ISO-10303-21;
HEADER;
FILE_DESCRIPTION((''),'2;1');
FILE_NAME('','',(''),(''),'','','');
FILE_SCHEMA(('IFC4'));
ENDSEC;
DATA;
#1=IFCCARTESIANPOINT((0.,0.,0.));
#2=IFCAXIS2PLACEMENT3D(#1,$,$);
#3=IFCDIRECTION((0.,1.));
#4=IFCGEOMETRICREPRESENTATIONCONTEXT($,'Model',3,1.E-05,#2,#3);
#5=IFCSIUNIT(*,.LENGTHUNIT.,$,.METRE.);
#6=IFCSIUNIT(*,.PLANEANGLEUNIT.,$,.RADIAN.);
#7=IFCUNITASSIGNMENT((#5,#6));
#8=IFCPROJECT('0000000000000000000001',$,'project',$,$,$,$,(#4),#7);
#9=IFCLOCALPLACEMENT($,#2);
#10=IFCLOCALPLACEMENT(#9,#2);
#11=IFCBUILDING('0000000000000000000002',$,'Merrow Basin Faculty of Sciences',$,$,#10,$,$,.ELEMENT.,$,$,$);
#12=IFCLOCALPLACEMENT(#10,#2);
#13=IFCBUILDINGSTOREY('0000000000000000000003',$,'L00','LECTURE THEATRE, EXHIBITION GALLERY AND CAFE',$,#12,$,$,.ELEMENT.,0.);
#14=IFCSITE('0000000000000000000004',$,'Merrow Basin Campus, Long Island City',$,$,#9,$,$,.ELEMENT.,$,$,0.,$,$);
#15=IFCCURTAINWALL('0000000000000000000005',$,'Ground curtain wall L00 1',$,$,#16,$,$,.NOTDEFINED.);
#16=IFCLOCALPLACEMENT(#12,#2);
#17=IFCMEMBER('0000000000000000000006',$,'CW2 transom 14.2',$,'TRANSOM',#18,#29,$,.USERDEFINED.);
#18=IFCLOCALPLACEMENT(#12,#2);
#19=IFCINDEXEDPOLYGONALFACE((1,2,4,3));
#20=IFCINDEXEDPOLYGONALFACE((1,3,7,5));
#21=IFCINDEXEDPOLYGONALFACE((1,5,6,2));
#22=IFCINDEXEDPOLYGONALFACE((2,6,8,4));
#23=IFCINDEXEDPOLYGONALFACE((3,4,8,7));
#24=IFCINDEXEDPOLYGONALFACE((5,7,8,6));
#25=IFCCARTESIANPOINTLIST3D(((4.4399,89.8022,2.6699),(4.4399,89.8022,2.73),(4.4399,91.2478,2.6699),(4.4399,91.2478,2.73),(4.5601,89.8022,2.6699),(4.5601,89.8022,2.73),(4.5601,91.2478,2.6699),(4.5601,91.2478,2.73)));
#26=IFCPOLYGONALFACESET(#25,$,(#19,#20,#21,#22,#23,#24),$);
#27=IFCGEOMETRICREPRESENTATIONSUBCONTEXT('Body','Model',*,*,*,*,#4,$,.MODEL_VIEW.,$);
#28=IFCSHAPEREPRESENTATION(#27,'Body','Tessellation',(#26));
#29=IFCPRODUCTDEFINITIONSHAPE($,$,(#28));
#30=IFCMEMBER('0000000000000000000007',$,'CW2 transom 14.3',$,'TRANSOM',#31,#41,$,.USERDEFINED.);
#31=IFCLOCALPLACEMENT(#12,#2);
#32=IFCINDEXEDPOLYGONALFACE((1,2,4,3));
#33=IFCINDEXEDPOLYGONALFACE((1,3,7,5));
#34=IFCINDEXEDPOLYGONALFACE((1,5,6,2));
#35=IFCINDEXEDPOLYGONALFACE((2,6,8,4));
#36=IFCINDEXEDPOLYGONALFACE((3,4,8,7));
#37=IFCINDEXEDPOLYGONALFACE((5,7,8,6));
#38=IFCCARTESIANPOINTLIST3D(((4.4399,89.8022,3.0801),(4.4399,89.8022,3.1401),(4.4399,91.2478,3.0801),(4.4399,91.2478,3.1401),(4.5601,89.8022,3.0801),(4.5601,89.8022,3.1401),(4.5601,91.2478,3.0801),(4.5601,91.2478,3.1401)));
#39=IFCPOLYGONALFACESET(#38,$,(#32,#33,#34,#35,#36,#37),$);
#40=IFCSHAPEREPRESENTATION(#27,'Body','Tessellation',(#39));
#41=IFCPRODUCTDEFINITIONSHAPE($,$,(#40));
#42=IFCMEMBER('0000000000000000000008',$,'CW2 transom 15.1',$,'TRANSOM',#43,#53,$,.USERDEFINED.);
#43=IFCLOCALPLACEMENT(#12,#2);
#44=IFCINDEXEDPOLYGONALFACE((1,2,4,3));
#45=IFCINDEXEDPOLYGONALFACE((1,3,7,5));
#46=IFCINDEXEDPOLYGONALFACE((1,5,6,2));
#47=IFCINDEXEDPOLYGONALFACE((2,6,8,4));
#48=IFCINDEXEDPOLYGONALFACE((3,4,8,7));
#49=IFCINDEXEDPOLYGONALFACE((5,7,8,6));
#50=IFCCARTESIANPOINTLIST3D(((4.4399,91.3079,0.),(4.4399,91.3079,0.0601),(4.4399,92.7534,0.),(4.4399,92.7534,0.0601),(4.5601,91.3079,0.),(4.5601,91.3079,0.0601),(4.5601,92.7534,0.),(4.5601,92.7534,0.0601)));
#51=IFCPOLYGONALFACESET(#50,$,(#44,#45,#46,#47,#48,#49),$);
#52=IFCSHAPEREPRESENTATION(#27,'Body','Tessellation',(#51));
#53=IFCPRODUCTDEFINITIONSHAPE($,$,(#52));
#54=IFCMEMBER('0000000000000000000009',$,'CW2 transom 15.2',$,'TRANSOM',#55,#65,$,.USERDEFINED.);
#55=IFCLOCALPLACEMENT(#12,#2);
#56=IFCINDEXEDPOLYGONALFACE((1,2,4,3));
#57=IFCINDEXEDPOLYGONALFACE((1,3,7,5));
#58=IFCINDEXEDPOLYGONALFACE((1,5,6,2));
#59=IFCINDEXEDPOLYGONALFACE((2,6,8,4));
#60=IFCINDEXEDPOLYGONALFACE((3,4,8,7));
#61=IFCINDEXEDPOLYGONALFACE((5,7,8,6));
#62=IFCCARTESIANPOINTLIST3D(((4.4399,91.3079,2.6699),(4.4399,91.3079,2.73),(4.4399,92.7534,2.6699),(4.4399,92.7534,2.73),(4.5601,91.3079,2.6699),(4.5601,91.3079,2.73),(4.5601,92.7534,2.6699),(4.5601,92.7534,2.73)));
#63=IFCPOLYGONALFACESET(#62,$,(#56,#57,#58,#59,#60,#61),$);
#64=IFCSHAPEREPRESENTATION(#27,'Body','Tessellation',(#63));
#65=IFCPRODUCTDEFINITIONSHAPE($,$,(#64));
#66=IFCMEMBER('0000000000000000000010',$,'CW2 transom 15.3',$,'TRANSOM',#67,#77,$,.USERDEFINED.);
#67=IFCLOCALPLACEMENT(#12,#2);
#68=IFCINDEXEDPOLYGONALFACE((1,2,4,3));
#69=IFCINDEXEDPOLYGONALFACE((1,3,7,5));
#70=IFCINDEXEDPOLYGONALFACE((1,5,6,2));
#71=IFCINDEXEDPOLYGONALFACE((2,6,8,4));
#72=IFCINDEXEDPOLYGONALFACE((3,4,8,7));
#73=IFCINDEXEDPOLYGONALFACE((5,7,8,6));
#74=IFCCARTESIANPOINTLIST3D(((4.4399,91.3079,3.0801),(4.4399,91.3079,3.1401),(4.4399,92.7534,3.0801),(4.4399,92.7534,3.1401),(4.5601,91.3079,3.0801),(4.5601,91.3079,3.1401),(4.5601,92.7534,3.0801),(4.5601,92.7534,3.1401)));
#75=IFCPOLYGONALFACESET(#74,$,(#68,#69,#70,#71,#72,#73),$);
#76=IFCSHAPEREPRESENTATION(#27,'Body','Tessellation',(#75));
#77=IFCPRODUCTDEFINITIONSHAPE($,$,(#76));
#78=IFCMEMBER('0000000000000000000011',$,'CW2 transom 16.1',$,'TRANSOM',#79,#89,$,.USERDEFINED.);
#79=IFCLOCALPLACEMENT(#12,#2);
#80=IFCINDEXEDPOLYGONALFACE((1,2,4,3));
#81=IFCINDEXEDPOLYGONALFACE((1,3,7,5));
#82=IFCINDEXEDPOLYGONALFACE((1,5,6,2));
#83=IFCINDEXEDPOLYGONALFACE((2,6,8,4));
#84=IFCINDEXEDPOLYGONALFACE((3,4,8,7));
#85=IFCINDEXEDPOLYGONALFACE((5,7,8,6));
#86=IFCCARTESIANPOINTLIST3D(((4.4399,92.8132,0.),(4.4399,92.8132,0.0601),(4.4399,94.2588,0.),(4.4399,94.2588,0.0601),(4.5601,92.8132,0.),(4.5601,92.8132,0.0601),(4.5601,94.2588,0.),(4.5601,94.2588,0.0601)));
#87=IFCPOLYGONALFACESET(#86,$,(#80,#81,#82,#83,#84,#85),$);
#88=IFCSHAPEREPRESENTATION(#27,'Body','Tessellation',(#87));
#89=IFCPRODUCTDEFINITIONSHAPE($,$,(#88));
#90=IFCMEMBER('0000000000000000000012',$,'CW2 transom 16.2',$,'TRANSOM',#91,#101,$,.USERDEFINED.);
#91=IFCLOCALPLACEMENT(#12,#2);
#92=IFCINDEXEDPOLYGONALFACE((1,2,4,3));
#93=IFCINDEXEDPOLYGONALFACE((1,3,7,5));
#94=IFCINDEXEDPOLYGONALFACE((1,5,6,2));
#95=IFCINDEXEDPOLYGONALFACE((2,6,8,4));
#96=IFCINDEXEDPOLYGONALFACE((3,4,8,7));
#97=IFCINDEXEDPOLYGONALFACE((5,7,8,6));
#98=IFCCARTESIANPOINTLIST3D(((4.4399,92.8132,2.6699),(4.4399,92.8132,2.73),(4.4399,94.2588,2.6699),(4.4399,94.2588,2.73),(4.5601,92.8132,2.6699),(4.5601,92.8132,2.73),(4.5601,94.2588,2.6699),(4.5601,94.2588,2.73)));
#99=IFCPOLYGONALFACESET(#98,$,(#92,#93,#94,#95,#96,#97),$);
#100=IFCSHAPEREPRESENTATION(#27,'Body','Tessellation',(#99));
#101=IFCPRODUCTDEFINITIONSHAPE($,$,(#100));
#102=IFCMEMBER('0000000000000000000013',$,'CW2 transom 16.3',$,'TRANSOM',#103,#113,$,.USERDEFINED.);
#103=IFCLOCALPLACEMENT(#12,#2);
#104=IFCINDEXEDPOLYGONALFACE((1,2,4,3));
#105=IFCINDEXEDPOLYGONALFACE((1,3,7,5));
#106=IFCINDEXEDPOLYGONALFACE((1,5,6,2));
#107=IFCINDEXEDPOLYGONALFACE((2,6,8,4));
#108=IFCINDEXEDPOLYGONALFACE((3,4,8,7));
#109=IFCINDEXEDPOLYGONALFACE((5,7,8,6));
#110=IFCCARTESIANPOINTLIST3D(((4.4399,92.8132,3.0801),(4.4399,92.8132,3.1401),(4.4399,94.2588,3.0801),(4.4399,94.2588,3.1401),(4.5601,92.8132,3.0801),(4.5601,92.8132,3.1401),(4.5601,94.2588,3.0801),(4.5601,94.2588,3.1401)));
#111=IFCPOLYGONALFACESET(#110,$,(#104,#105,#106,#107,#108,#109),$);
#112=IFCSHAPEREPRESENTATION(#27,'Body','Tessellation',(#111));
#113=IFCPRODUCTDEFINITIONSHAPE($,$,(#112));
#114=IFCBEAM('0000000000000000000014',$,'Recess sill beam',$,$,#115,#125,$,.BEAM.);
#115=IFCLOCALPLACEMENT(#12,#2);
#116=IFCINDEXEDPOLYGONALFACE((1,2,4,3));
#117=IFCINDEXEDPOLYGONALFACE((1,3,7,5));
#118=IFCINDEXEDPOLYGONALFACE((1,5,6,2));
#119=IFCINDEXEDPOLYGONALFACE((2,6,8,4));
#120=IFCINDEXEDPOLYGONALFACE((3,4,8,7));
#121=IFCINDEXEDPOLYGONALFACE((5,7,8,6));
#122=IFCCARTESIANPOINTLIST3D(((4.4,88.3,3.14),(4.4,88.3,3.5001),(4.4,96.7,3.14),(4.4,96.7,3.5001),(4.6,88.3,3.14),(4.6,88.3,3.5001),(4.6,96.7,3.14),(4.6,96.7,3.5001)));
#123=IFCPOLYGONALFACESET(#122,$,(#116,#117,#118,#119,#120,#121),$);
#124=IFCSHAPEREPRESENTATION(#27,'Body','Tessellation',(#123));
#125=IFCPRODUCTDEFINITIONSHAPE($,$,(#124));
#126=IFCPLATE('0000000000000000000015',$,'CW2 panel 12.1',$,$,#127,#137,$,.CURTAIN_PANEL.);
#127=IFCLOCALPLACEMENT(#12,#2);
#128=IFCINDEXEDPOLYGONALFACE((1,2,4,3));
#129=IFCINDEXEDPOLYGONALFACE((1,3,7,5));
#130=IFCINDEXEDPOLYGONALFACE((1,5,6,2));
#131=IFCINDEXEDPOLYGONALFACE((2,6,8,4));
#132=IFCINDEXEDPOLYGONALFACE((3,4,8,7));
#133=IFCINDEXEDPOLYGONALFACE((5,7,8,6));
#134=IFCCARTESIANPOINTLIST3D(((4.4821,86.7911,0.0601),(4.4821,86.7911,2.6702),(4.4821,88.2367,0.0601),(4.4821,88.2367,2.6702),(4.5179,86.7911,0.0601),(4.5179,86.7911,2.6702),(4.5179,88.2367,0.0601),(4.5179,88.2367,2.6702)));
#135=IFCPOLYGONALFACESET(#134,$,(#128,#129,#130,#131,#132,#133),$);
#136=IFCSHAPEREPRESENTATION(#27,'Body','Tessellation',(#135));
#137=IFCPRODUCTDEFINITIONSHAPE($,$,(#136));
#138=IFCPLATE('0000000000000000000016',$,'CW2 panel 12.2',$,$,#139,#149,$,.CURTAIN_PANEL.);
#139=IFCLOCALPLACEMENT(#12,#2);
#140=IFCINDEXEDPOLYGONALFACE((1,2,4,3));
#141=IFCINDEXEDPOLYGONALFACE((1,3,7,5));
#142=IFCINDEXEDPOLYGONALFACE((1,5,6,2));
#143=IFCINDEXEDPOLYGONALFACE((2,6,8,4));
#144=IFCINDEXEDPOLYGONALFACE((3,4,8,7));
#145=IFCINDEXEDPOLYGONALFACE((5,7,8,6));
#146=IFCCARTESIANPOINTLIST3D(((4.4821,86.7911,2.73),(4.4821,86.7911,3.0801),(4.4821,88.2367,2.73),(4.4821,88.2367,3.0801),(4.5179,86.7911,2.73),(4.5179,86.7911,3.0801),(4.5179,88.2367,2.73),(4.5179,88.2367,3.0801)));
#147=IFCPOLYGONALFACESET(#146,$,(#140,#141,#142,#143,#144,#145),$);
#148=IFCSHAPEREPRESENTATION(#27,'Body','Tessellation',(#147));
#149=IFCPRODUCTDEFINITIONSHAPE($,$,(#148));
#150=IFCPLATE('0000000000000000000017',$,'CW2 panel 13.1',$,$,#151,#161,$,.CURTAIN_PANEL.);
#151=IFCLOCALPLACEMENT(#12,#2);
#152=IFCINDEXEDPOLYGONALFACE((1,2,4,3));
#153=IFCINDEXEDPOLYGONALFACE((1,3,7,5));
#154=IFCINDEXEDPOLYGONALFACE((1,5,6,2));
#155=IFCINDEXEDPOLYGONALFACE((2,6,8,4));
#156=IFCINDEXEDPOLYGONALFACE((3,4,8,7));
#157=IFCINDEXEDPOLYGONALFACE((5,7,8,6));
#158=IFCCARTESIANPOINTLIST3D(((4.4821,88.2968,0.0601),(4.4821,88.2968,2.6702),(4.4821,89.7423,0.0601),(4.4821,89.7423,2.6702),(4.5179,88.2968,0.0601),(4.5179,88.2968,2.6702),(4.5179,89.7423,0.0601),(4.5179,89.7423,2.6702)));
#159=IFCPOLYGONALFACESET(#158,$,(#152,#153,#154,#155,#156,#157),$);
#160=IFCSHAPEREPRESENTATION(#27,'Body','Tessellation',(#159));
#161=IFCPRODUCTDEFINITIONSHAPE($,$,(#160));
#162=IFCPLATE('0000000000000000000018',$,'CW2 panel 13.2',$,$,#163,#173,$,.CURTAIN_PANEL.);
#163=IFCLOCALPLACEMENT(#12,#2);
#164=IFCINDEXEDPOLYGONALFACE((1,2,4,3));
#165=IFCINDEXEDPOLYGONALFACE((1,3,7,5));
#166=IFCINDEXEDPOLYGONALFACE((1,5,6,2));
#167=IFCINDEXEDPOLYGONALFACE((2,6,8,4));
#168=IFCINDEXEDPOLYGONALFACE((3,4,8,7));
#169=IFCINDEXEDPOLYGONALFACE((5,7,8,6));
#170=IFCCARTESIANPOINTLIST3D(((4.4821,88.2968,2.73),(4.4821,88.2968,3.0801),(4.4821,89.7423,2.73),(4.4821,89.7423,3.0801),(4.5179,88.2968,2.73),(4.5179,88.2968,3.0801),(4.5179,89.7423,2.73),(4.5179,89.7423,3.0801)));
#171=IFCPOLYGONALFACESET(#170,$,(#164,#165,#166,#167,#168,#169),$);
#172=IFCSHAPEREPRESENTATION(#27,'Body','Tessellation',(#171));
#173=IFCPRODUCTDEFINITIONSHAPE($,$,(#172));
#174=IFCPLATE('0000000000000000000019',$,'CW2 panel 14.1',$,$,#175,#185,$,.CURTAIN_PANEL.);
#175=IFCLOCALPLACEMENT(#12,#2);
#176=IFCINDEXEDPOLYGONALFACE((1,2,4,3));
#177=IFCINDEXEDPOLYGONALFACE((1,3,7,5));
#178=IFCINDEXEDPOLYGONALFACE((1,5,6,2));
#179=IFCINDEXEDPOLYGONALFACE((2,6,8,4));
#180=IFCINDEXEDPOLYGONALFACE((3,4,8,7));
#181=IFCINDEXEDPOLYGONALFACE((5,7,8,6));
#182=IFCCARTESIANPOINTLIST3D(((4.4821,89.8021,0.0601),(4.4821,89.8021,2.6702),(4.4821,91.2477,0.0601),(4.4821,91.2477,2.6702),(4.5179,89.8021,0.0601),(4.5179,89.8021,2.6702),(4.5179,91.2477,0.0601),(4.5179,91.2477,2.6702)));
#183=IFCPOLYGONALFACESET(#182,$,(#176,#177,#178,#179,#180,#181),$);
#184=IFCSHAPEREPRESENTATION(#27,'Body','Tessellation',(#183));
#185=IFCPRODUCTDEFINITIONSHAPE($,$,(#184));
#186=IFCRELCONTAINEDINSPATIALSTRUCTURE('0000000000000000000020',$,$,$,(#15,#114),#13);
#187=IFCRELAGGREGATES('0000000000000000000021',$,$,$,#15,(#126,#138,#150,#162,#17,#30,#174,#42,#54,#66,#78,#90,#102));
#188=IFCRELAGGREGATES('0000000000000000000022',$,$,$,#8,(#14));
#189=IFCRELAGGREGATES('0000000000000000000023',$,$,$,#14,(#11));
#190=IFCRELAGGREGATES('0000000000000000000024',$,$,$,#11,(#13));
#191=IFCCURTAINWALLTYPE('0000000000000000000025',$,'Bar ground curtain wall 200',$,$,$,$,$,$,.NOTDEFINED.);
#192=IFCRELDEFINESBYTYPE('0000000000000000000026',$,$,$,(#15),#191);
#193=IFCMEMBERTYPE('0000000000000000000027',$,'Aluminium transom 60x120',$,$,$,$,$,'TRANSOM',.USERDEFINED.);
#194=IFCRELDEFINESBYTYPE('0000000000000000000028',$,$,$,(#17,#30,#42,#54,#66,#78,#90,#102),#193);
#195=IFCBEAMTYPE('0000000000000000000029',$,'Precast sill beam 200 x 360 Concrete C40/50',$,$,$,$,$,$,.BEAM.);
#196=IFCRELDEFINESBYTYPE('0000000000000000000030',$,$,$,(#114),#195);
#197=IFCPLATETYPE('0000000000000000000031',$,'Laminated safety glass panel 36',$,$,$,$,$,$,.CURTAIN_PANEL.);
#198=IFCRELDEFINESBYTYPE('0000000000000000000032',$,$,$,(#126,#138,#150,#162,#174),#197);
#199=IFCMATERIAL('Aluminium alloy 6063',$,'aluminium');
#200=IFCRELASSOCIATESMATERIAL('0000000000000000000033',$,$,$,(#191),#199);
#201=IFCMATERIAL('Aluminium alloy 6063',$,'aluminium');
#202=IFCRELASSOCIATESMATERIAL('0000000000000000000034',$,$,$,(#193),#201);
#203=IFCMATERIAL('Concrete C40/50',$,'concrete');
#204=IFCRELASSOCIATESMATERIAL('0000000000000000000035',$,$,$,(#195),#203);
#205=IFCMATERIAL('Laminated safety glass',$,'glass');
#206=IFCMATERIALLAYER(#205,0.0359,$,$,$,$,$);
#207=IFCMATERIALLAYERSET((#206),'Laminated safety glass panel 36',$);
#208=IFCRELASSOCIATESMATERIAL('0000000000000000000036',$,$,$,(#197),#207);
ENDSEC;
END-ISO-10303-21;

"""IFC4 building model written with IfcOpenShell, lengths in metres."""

from ifc_helpers import new_model, si_unit, direction, frame, origin, origin_2d, place, context, subcontext, project, spatial, rectangle, extrude, material, layer, layer_set, material_profile, profile_set, type_object, element, aggregate, save


model = new_model("IFC4")

# Units and contexts
model_context = context("Model", 3, precision=1e-05, world=origin(), true_north=direction((0.0, 1.0)))
body_context = subcontext(model_context, "Body", "Model", "MODEL_VIEW")
ifc_project = project(units=[si_unit("LENGTHUNIT", "METRE"), si_unit("PLANEANGLEUNIT", "RADIAN")], contexts=[model_context])

# Site, building, storey
site_placement = place(None, origin())
site = spatial("IfcSite", under=ifc_project, at=site_placement, Name="Merrow Basin Campus, Long Island City", CompositionType="ELEMENT", RefElevation=0.0)
building_placement = place(site_placement, origin())
building = spatial("IfcBuilding", under=site, at=building_placement, Name="Merrow Basin Faculty of Sciences", CompositionType="ELEMENT")
storey_placement = place(building_placement, origin())
storey = spatial("IfcBuildingStorey", under=building, at=storey_placement, Name="L00", Description="LECTURE THEATRE, EXHIBITION GALLERY AND CAFE", CompositionType="ELEMENT", Elevation=0.0)

# Curtain wall, members
ifc_material_1 = material(Name="Aluminium alloy 6063", Category="aluminium")
curtain_wall_type = type_object("IfcCurtainWallType", Name="Bar ground curtain wall 200", PredefinedType="NOTDEFINED", material=ifc_material_1)
curtain_wall_placement = place(storey_placement, origin())
curtain_wall = element("IfcCurtainWall", 1, at=curtain_wall_placement, inside=storey, type_object=curtain_wall_type, Name="Ground curtain wall L00 1", PredefinedType="NOTDEFINED")
ifc_material_2 = material(Name="Aluminium alloy 6063", Category="aluminium")
ifc_material_profile_1 = material_profile(ifc_material_2, rectangle(XDim=0.1201, YDim=0.0601, at=origin_2d()))
ifc_profile_set_1 = profile_set([ifc_material_profile_1], Name="Aluminium alloy 6063")
member_type_1 = type_object("IfcMemberType", Name="Aluminium transom 60x120", ElementType="TRANSOM", PredefinedType="USERDEFINED", material=ifc_profile_set_1)
member_1_placement = place(storey_placement, frame((4.5, 89.8022, 2.7), z_axis=(0.0, 1.0, 0.0), x_axis=(-1.0, 0.0, 0.0)))
member_1 = element("IfcMember", 2, at=member_1_placement, type_object=member_type_1, Name="CW2 transom 14.2", ObjectType="TRANSOM", PredefinedType="USERDEFINED", context=body_context, shape_type="SweptSolid", body=[
    extrude(rectangle(XDim=0.1201, YDim=0.0601, at=origin_2d()), origin(), (0.0, 0.0, 1.0), 1.4456),
])
member_2_placement = place(storey_placement, frame((4.5, 89.8022, 3.1101), z_axis=(0.0, 1.0, 0.0), x_axis=(-1.0, 0.0, 0.0)))
member_2 = element("IfcMember", 3, at=member_2_placement, type_object=member_type_1, Name="CW2 transom 14.3", ObjectType="TRANSOM", PredefinedType="USERDEFINED", context=body_context, shape_type="SweptSolid", body=[
    extrude(rectangle(XDim=0.1201, YDim=0.0601, at=origin_2d()), origin(), (0.0, 0.0, 1.0), 1.4456),
])
member_3_placement = place(storey_placement, frame((4.5, 91.3079, 0.03), z_axis=(0.0, 1.0, 0.0), x_axis=(-1.0, 0.0, 0.0)))
member_3 = element("IfcMember", 4, at=member_3_placement, type_object=member_type_1, Name="CW2 transom 15.1", ObjectType="TRANSOM", PredefinedType="USERDEFINED", context=body_context, shape_type="SweptSolid", body=[
    extrude(rectangle(XDim=0.1201, YDim=0.0601, at=origin_2d()), origin(), (0.0, 0.0, 1.0), 1.4456),
])
member_4_placement = place(storey_placement, frame((4.5, 91.3079, 2.7), z_axis=(0.0, 1.0, 0.0), x_axis=(-1.0, 0.0, 0.0)))
member_4 = element("IfcMember", 5, at=member_4_placement, type_object=member_type_1, Name="CW2 transom 15.2", ObjectType="TRANSOM", PredefinedType="USERDEFINED", context=body_context, shape_type="SweptSolid", body=[
    extrude(rectangle(XDim=0.1201, YDim=0.0601, at=origin_2d()), origin(), (0.0, 0.0, 1.0), 1.4456),
])
member_5_placement = place(storey_placement, frame((4.5, 91.3079, 3.1101), z_axis=(0.0, 1.0, 0.0), x_axis=(-1.0, 0.0, 0.0)))
member_5 = element("IfcMember", 6, at=member_5_placement, type_object=member_type_1, Name="CW2 transom 15.3", ObjectType="TRANSOM", PredefinedType="USERDEFINED", context=body_context, shape_type="SweptSolid", body=[
    extrude(rectangle(XDim=0.1201, YDim=0.0601, at=origin_2d()), origin(), (0.0, 0.0, 1.0), 1.4456),
])
member_6_placement = place(storey_placement, frame((4.5, 92.8132, 0.03), z_axis=(0.0, 1.0, 0.0), x_axis=(-1.0, 0.0, 0.0)))
member_6 = element("IfcMember", 7, at=member_6_placement, type_object=member_type_1, Name="CW2 transom 16.1", ObjectType="TRANSOM", PredefinedType="USERDEFINED", context=body_context, shape_type="SweptSolid", body=[
    extrude(rectangle(XDim=0.1201, YDim=0.0601, at=origin_2d()), origin(), (0.0, 0.0, 1.0), 1.4456),
])
member_7_placement = place(storey_placement, frame((4.5, 92.8132, 2.7), z_axis=(0.0, 1.0, 0.0), x_axis=(-1.0, 0.0, 0.0)))
member_7 = element("IfcMember", 8, at=member_7_placement, type_object=member_type_1, Name="CW2 transom 16.2", ObjectType="TRANSOM", PredefinedType="USERDEFINED", context=body_context, shape_type="SweptSolid", body=[
    extrude(rectangle(XDim=0.1201, YDim=0.0601, at=origin_2d()), origin(), (0.0, 0.0, 1.0), 1.4456),
])
member_8_placement = place(storey_placement, frame((4.5, 92.8132, 3.1101), z_axis=(0.0, 1.0, 0.0), x_axis=(-1.0, 0.0, 0.0)))
member_8 = element("IfcMember", 9, at=member_8_placement, type_object=member_type_1, Name="CW2 transom 16.3", ObjectType="TRANSOM", PredefinedType="USERDEFINED", context=body_context, shape_type="SweptSolid", body=[
    extrude(rectangle(XDim=0.1201, YDim=0.0601, at=origin_2d()), origin(), (0.0, 0.0, 1.0), 1.4456),
])

# Beam
ifc_material_3 = material(Name="Concrete C40/50", Category="concrete")
ifc_material_profile_2 = material_profile(ifc_material_3, rectangle(XDim=0.2, YDim=0.3601, at=origin_2d()))
ifc_profile_set_2 = profile_set([ifc_material_profile_2], Name="Concrete C40/50")
beam_type = type_object("IfcBeamType", Name="Precast sill beam 200 x 360 Concrete C40/50", PredefinedType="BEAM", material=ifc_profile_set_2)
beam_placement = place(storey_placement, frame((4.5, 88.3, 3.3201), z_axis=(0.0, 1.0, 0.0), x_axis=(-1.0, 0.0, 0.0)))
element("IfcBeam", 10, at=beam_placement, inside=storey, type_object=beam_type, Name="Recess sill beam", PredefinedType="BEAM", context=body_context, shape_type="SweptSolid", body=[
    extrude(rectangle(XDim=0.2, YDim=0.3601, at=origin_2d()), origin(), (0.0, 0.0, 1.0), 8.3999),
])

# Plates
ifc_material_4 = material(Name="Laminated safety glass", Category="glass")
ifc_layer_1 = layer(ifc_material_4, 0.0359)
ifc_layer_set_1 = layer_set([ifc_layer_1], Name="Laminated safety glass panel 36")
plate_type = type_object("IfcPlateType", Name="Laminated safety glass panel 36", PredefinedType="CURTAIN_PANEL", material=ifc_layer_set_1)
plate_1_placement = place(storey_placement, frame((4.5, 87.5139, 0.0601), z_axis=(0.0, 0.0, 1.0), x_axis=(0.0, 1.0, 0.0)))
plate_1 = element("IfcPlate", 11, at=plate_1_placement, type_object=plate_type, Name="CW2 panel 12.1", PredefinedType="CURTAIN_PANEL", context=body_context, shape_type="SweptSolid", body=[
    extrude(rectangle(XDim=1.4456, YDim=0.0359, at=origin_2d()), origin(), (0.0, 0.0, 1.0), 2.6101),
])
plate_2_placement = place(storey_placement, frame((4.5, 87.5139, 2.73), z_axis=(0.0, 0.0, 1.0), x_axis=(0.0, 1.0, 0.0)))
plate_2 = element("IfcPlate", 12, at=plate_2_placement, type_object=plate_type, Name="CW2 panel 12.2", PredefinedType="CURTAIN_PANEL", context=body_context, shape_type="SweptSolid", body=[
    extrude(rectangle(XDim=1.4456, YDim=0.0359, at=origin_2d()), origin(), (0.0, 0.0, 1.0), 0.3501),
])
plate_3_placement = place(storey_placement, frame((4.5, 89.0195, 0.0601), z_axis=(0.0, 0.0, 1.0), x_axis=(0.0, 1.0, 0.0)))
plate_3 = element("IfcPlate", 13, at=plate_3_placement, type_object=plate_type, Name="CW2 panel 13.1", PredefinedType="CURTAIN_PANEL", context=body_context, shape_type="SweptSolid", body=[
    extrude(rectangle(XDim=1.4456, YDim=0.0359, at=origin_2d()), origin(), (0.0, 0.0, 1.0), 2.6101),
])
plate_4_placement = place(storey_placement, frame((4.5, 89.0195, 2.73), z_axis=(0.0, 0.0, 1.0), x_axis=(0.0, 1.0, 0.0)))
plate_4 = element("IfcPlate", 14, at=plate_4_placement, type_object=plate_type, Name="CW2 panel 13.2", PredefinedType="CURTAIN_PANEL", context=body_context, shape_type="SweptSolid", body=[
    extrude(rectangle(XDim=1.4456, YDim=0.0359, at=origin_2d()), origin(), (0.0, 0.0, 1.0), 0.3501),
])
plate_5_placement = place(storey_placement, frame((4.5, 90.5249, 0.0601), z_axis=(0.0, 0.0, 1.0), x_axis=(0.0, 1.0, 0.0)))
plate_5 = element("IfcPlate", 15, at=plate_5_placement, type_object=plate_type, Name="CW2 panel 14.1", PredefinedType="CURTAIN_PANEL", context=body_context, shape_type="SweptSolid", body=[
    extrude(rectangle(XDim=1.4456, YDim=0.0359, at=origin_2d()), origin(), (0.0, 0.0, 1.0), 2.6101),
])
aggregate(curtain_wall, [plate_1, plate_2, plate_3, plate_4, member_1, member_2, plate_5, member_3, member_4, member_5, member_6, member_7, member_8])

save(model, "model.ifc")
